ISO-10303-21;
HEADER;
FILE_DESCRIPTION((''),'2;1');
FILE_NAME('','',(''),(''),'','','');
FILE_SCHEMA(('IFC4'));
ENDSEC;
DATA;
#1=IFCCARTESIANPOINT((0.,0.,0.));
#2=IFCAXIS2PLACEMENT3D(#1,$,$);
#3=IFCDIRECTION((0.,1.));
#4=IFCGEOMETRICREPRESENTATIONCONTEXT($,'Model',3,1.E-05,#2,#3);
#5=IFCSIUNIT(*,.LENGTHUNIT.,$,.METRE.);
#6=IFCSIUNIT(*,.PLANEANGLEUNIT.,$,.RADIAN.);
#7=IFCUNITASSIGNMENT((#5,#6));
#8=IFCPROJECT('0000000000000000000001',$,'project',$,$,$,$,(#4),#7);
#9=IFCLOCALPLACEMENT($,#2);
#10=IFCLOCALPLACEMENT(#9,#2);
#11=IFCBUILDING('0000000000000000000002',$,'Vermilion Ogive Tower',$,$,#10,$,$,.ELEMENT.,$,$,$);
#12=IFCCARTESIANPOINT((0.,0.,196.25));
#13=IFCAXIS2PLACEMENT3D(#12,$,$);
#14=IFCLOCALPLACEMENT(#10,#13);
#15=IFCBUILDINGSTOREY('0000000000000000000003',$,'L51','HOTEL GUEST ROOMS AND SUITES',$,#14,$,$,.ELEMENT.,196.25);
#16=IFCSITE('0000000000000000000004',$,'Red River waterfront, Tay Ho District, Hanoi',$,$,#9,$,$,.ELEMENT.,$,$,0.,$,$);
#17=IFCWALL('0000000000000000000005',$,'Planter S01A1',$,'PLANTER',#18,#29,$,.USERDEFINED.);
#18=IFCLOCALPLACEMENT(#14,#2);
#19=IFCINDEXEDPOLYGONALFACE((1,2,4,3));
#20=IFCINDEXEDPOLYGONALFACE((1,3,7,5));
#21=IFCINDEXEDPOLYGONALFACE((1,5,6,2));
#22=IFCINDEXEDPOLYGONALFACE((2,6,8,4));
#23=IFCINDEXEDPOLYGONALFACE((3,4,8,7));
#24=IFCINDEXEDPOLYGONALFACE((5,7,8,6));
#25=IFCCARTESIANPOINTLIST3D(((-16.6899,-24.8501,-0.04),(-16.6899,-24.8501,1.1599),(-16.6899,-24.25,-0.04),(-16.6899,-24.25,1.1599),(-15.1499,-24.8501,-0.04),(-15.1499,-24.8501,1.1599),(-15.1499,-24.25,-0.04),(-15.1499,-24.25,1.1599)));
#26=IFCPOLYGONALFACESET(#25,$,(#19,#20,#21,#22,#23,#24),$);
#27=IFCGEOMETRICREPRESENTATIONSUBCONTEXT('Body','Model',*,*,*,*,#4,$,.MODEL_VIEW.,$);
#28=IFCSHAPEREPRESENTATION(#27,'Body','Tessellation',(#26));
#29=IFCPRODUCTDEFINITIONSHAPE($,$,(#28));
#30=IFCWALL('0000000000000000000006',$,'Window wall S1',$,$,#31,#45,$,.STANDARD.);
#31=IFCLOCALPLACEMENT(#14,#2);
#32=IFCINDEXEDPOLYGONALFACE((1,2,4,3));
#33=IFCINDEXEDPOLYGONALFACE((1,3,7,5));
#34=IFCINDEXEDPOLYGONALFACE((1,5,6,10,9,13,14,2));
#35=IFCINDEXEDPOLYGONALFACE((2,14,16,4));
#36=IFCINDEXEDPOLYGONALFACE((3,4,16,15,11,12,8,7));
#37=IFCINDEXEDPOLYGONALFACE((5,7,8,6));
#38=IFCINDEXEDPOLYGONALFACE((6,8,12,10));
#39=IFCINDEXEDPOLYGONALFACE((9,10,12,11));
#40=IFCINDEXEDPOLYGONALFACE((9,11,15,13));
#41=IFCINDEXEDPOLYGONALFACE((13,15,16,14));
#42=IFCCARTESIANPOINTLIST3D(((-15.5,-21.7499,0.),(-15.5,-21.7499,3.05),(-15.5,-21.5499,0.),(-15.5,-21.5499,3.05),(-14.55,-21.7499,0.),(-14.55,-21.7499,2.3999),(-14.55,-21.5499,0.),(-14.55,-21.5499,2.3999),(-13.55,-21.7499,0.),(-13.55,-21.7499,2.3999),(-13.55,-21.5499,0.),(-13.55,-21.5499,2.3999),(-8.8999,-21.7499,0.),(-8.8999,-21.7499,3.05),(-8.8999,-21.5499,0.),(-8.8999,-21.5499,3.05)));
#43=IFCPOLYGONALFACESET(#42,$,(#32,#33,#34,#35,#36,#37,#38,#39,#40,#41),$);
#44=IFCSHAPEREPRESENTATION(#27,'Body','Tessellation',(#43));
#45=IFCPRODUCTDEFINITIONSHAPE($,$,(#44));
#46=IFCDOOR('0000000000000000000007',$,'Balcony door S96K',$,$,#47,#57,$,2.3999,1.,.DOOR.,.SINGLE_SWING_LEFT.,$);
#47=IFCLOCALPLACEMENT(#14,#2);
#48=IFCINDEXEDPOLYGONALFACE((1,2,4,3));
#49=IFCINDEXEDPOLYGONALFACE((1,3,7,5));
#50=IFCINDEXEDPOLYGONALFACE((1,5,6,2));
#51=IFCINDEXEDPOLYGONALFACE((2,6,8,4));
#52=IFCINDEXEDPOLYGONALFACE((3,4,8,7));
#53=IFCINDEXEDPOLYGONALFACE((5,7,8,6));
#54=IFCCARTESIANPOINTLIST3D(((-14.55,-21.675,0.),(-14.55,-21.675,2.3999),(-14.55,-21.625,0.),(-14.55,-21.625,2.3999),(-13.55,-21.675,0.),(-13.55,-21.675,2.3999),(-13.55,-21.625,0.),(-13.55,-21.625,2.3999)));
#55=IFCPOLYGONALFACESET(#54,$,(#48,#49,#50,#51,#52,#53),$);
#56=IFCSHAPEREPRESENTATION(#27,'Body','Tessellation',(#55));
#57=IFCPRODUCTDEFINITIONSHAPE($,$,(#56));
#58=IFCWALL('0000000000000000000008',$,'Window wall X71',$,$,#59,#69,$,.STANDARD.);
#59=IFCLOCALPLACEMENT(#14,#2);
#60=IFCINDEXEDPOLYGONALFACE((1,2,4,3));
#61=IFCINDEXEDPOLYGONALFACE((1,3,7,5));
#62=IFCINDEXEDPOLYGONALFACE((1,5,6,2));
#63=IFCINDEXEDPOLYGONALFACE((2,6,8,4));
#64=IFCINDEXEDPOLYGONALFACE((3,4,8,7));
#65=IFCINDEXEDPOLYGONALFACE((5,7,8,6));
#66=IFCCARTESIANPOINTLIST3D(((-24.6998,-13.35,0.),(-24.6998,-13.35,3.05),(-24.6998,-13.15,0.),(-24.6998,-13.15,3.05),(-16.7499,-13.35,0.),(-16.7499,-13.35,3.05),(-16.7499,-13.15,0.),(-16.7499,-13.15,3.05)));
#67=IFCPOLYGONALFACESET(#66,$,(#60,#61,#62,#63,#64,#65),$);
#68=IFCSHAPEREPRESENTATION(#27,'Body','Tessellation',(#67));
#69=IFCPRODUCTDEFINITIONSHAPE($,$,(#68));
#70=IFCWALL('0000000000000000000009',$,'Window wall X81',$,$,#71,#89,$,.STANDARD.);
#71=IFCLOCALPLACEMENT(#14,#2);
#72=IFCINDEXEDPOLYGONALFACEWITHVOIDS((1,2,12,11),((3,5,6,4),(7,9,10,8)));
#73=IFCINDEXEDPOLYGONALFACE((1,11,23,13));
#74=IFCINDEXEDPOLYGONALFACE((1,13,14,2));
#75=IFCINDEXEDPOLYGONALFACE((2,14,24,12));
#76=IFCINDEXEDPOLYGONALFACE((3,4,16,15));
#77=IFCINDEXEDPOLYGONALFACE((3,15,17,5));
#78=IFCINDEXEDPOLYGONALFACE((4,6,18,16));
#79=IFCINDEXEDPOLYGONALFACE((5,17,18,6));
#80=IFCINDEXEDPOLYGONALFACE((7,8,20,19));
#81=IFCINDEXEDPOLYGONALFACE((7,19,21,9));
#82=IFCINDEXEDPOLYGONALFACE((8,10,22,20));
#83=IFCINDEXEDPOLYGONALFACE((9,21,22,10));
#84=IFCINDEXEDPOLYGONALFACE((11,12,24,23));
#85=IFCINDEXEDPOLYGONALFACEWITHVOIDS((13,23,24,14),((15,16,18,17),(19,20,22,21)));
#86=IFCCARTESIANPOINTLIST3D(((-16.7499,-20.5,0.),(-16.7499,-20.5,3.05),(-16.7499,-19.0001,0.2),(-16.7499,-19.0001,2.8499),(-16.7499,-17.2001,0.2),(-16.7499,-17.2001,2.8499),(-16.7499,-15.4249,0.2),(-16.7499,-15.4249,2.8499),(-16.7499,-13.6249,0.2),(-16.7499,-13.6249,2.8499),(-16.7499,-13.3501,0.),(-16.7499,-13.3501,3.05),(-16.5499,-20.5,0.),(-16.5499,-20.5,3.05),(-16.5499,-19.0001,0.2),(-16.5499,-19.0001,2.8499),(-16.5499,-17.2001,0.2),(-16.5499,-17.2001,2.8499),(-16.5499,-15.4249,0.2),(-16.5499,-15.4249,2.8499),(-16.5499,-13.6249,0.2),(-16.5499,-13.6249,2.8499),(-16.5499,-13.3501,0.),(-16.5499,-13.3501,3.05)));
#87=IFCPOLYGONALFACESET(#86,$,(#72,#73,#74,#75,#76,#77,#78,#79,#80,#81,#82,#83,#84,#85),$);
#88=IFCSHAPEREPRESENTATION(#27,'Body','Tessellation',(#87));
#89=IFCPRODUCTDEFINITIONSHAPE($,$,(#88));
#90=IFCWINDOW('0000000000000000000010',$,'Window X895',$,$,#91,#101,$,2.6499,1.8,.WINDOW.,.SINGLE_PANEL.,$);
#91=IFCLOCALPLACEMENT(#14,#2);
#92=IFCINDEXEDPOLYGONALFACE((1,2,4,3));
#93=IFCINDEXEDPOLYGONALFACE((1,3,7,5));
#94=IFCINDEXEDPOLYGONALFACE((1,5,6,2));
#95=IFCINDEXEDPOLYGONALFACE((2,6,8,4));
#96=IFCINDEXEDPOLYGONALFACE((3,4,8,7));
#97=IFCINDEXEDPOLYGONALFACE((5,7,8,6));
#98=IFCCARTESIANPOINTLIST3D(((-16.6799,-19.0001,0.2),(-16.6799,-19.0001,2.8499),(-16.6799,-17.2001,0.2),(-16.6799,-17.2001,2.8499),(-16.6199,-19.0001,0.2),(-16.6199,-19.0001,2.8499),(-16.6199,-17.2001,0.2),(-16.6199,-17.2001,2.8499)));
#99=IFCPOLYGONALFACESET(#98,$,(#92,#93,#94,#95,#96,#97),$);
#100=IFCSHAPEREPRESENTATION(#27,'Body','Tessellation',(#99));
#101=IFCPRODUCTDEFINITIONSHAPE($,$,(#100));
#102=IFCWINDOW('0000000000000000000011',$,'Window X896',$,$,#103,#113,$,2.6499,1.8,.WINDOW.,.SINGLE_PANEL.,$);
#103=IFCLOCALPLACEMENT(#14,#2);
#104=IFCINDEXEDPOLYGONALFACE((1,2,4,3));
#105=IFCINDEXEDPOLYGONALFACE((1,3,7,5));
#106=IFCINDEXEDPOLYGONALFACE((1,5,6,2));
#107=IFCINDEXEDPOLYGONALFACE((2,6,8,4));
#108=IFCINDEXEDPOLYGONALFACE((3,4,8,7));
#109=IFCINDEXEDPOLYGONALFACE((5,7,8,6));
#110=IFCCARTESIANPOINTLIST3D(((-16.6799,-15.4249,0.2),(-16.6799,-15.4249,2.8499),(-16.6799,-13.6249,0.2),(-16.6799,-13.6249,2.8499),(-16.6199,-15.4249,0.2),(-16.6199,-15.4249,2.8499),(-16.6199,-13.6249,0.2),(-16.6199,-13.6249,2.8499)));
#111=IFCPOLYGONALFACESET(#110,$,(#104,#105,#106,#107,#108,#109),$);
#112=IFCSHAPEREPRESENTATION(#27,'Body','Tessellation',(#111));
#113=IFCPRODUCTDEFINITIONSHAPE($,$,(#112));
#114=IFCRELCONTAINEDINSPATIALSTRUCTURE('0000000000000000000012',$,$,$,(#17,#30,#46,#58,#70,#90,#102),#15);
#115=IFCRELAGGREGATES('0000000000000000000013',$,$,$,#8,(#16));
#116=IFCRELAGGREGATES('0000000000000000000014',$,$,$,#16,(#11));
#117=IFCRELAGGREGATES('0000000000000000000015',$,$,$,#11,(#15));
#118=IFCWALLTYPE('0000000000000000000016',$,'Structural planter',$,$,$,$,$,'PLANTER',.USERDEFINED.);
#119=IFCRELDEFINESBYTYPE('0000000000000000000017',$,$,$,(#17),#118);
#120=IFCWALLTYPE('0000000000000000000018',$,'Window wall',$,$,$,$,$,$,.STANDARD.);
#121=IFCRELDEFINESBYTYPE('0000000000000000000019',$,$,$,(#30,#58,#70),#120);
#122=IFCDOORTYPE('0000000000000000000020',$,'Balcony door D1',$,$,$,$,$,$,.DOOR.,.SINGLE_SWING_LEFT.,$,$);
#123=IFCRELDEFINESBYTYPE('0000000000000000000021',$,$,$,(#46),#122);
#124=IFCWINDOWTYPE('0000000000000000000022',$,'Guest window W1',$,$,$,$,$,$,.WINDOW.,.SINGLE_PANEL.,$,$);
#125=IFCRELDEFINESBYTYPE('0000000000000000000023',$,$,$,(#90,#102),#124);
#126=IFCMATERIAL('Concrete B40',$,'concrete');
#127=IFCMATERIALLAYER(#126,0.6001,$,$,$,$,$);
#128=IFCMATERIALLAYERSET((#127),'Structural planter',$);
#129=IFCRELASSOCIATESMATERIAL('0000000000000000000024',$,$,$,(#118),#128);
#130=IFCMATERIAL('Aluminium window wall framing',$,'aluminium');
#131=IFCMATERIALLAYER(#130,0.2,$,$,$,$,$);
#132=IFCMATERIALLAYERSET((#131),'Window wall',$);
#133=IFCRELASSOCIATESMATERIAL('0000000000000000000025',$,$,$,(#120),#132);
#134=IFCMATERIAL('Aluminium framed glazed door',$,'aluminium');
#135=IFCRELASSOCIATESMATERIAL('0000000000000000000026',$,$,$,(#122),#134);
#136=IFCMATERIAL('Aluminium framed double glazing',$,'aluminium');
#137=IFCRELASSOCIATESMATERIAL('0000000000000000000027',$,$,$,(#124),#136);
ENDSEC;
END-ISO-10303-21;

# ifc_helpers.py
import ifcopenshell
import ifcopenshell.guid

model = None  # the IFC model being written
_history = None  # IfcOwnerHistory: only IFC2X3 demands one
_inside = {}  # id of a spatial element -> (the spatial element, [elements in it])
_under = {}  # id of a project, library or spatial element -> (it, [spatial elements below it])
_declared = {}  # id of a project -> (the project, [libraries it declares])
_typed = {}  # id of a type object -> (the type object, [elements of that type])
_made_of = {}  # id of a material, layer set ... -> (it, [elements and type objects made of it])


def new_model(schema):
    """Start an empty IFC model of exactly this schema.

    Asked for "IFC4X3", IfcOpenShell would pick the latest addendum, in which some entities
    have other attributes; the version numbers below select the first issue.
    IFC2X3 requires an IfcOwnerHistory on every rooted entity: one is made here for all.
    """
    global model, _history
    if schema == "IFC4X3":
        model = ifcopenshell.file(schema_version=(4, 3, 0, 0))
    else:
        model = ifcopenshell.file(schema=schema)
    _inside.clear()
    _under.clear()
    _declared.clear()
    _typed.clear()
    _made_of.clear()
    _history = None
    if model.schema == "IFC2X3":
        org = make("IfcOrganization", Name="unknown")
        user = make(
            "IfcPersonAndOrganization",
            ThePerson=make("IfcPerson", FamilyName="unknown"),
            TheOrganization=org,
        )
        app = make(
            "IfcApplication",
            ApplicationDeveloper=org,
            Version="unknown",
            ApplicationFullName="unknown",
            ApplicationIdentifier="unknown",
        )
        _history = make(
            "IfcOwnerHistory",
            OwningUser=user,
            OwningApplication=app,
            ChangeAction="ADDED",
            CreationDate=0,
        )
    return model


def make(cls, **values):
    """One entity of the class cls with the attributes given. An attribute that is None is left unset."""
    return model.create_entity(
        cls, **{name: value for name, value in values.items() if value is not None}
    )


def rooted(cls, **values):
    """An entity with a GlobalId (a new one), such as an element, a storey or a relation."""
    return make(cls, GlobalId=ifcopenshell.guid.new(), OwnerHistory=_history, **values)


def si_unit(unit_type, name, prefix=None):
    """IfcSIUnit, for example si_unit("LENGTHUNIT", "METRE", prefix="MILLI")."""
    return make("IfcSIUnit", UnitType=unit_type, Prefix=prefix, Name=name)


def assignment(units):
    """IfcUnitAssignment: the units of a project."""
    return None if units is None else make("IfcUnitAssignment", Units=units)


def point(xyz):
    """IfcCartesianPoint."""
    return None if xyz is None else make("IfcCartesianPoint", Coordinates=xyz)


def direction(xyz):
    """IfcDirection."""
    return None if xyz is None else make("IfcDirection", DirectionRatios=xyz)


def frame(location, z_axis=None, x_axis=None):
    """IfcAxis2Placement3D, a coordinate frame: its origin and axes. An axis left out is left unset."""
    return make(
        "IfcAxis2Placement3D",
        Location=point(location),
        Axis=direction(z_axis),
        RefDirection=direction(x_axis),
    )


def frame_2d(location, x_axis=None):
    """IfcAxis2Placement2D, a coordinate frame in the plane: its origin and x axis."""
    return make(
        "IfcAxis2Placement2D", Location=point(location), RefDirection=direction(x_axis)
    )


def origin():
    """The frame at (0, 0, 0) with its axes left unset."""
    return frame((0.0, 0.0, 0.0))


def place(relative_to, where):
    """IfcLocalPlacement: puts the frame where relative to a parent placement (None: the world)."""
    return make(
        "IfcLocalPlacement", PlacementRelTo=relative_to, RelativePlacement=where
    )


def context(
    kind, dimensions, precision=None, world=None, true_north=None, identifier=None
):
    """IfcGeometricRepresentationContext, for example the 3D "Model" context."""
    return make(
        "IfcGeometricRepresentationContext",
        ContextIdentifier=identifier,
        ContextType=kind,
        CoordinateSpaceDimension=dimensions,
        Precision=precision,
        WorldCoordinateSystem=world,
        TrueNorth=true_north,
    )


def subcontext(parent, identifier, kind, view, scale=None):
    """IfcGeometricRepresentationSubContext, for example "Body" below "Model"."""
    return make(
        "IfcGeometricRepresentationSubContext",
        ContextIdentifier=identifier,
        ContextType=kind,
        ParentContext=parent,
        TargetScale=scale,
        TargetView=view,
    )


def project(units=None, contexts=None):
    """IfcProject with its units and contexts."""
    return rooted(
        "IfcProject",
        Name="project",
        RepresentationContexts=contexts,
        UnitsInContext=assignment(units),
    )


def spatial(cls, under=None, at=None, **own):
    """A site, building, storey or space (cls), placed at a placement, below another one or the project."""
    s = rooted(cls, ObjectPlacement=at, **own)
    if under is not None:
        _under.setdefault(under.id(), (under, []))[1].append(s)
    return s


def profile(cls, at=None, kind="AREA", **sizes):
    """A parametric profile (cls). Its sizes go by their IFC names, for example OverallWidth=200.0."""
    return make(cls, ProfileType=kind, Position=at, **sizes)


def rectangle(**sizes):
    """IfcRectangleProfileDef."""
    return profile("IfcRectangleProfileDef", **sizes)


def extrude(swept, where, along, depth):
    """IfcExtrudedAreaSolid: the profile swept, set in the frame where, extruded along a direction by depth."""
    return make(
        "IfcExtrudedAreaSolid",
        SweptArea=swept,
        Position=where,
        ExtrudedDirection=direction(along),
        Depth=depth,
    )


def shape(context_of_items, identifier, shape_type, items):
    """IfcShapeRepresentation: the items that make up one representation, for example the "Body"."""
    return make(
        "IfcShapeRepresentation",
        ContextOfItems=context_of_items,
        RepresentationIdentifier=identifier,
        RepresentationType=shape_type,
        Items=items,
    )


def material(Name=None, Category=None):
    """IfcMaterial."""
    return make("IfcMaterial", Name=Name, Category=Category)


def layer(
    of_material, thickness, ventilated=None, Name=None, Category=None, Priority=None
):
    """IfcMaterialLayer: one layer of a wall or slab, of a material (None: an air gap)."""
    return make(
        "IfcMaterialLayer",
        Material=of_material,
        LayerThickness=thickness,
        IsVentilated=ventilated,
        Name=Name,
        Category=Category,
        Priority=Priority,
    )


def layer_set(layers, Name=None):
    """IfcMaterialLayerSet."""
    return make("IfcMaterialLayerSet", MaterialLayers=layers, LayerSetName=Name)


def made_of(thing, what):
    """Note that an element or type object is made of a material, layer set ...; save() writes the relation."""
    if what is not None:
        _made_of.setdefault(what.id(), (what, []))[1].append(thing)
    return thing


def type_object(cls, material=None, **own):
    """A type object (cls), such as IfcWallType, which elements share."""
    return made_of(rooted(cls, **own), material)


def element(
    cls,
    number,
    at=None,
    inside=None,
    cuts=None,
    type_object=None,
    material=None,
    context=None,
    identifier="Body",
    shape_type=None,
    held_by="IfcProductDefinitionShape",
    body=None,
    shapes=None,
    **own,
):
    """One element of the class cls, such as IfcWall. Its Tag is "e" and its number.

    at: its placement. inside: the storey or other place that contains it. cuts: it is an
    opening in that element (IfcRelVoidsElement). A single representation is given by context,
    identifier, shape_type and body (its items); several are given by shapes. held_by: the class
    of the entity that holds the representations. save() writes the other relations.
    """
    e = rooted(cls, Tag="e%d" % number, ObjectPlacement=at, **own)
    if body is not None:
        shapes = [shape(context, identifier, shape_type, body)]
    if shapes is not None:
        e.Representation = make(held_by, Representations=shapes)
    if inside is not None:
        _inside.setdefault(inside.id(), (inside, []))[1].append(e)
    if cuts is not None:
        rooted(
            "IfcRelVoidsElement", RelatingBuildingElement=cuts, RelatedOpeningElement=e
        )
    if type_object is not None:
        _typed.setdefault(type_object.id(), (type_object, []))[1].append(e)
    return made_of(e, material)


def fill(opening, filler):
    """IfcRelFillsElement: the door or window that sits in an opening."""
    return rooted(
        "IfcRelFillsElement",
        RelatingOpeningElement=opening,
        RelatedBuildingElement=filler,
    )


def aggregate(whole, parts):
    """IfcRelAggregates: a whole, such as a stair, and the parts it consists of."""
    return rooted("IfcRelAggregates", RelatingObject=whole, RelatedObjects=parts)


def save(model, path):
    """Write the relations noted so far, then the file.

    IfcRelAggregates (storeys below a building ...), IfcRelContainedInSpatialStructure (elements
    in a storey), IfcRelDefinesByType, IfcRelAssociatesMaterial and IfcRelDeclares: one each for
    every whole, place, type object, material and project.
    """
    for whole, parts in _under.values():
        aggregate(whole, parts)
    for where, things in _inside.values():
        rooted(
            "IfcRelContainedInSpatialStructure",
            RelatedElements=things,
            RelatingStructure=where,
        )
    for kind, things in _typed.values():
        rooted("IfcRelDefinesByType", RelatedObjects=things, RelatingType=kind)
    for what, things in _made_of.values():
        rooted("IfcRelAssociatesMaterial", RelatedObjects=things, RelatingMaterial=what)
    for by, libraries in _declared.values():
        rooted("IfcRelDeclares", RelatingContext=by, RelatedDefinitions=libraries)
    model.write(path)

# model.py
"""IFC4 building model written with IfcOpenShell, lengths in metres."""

from ifc_helpers import new_model, si_unit, direction, frame, frame_2d, origin, place, context, subcontext, project, spatial, rectangle, extrude, material, layer, layer_set, type_object, element, fill, save


model = new_model("IFC4")

# Units and contexts
model_context = context("Model", 3, precision=1e-05, world=origin(), true_north=direction((0.0, 1.0)))
body_context = subcontext(model_context, "Body", "Model", "MODEL_VIEW")
ifc_project = project(units=[si_unit("LENGTHUNIT", "METRE"), si_unit("PLANEANGLEUNIT", "RADIAN")], contexts=[model_context])

# Site, building, storey
site_placement = place(None, origin())
site = spatial("IfcSite", under=ifc_project, at=site_placement, Name="Red River waterfront, Tay Ho District, Hanoi", CompositionType="ELEMENT", RefElevation=0.0)
building_placement = place(site_placement, origin())
building = spatial("IfcBuilding", under=site, at=building_placement, Name="Vermilion Ogive Tower", CompositionType="ELEMENT")
storey_placement = place(building_placement, frame((0.0, 0.0, 196.25)))
storey = spatial("IfcBuildingStorey", under=building, at=storey_placement, Name="L51", Description="HOTEL GUEST ROOMS AND SUITES", CompositionType="ELEMENT", Elevation=196.25)

# Wall
ifc_material_1 = material(Name="Concrete B40", Category="concrete")
ifc_layer_1 = layer(ifc_material_1, 0.6001)
ifc_layer_set_1 = layer_set([ifc_layer_1], Name="Structural planter")
wall_type_1 = type_object("IfcWallType", Name="Structural planter", ElementType="PLANTER", PredefinedType="USERDEFINED", material=ifc_layer_set_1)
wall_1_placement = place(storey_placement, frame((-16.6899, -24.55, -0.04), z_axis=(0.0, 0.0, 1.0), x_axis=(1.0, 0.0, 0.0)))
element("IfcWall", 1, at=wall_1_placement, inside=storey, type_object=wall_type_1, Name="Planter S01A1", ObjectType="PLANTER", PredefinedType="USERDEFINED", context=body_context, shape_type="SweptSolid", body=[
    extrude(rectangle(XDim=1.54, YDim=0.6001, at=frame_2d((0.77, 0.0))), origin(), (0.0, 0.0, 1.0), 1.2),
])

# Wall, opening, door
ifc_material_2 = material(Name="Aluminium window wall framing", Category="aluminium")
ifc_layer_2 = layer(ifc_material_2, 0.2)
ifc_layer_set_2 = layer_set([ifc_layer_2], Name="Window wall")
wall_type_2 = type_object("IfcWallType", Name="Window wall", PredefinedType="STANDARD", material=ifc_layer_set_2)
wall_2_placement = place(storey_placement, frame((-15.5, -21.6499, 0.0), z_axis=(0.0, 0.0, 1.0), x_axis=(1.0, 0.0, 0.0)))
wall_2 = element("IfcWall", 2, at=wall_2_placement, inside=storey, type_object=wall_type_2, Name="Window wall S1", PredefinedType="STANDARD", context=body_context, shape_type="SweptSolid", body=[
    extrude(rectangle(XDim=6.6001, YDim=0.2, at=frame_2d((3.3, 0.0))), origin(), (0.0, 0.0, 1.0), 3.05),
])
opening_1_placement = place(wall_2_placement, frame((0.95, 0.0, 0.0)))
opening_1 = element("IfcOpeningElement", 3, at=opening_1_placement, cuts=wall_2, PredefinedType="OPENING", context=body_context, shape_type="SweptSolid", body=[
    extrude(rectangle(XDim=1.0, YDim=2.3999, at=frame_2d((0.5, 1.2))), frame((0.0, 0.1099, 0.0), z_axis=(0.0, -1.0, 0.0), x_axis=(1.0, 0.0, 0.0)), (0.0, 0.0, 1.0), 0.22),
])
ifc_material_3 = material(Name="Aluminium framed glazed door", Category="aluminium")
door_type_1 = type_object("IfcDoorType", Name="Balcony door D1", OperationType="SINGLE_SWING_LEFT", PredefinedType="DOOR", material=ifc_material_3)
door_1_placement = place(opening_1_placement, origin())
door_1 = element("IfcDoor", 4, at=door_1_placement, inside=storey, type_object=door_type_1, Name="Balcony door S96K", OperationType="SINGLE_SWING_LEFT", OverallHeight=2.3999, OverallWidth=1.0, PredefinedType="DOOR", context=body_context, shape_type="SweptSolid", body=[
    extrude(rectangle(XDim=1.0, YDim=2.3999, at=frame_2d((0.5, 1.2))), frame((0.0, 0.0249, 0.0), z_axis=(0.0, -1.0, 0.0), x_axis=(1.0, 0.0, 0.0)), (0.0, 0.0, 1.0), 0.05),
])
fill(opening_1, door_1)

# Wall
wall_3_placement = place(storey_placement, frame((-24.7, -13.25, 0.0), z_axis=(0.0, 0.0, 1.0), x_axis=(1.0, 0.0, 0.0)))
element("IfcWall", 5, at=wall_3_placement, inside=storey, type_object=wall_type_2, Name="Window wall X71", PredefinedType="STANDARD", context=body_context, shape_type="SweptSolid", body=[
    extrude(rectangle(XDim=7.95, YDim=0.2, at=frame_2d((3.9751, 0.0))), origin(), (0.0, 0.0, 1.0), 3.05),
])

# Wall, openings, windows
wall_4_placement = place(storey_placement, frame((-16.6499, -13.3501, 0.0), z_axis=(0.0, 0.0, 1.0), x_axis=(0.0, -1.0, 0.0)))
wall_4 = element("IfcWall", 6, at=wall_4_placement, inside=storey, type_object=wall_type_2, Name="Window wall X81", PredefinedType="STANDARD", context=body_context, shape_type="SweptSolid", body=[
    extrude(rectangle(XDim=7.1499, YDim=0.2, at=frame_2d((3.575, 0.0))), origin(), (0.0, 0.0, 1.0), 3.05),
])
opening_2_placement = place(wall_4_placement, frame((3.8501, 0.0, 0.2)))
opening_2 = element("IfcOpeningElement", 7, at=opening_2_placement, cuts=wall_4, PredefinedType="OPENING", context=body_context, shape_type="SweptSolid", body=[
    extrude(rectangle(XDim=1.8, YDim=2.6499, at=frame_2d((0.8999, 1.325))), frame((0.0, 0.1099, 0.0), z_axis=(0.0, -1.0, 0.0), x_axis=(1.0, 0.0, 0.0)), (0.0, 0.0, 1.0), 0.22),
])
opening_3_placement = place(wall_4_placement, frame((0.2749, 0.0, 0.2)))
opening_3 = element("IfcOpeningElement", 8, at=opening_3_placement, cuts=wall_4, PredefinedType="OPENING", context=body_context, shape_type="SweptSolid", body=[
    extrude(rectangle(XDim=1.8, YDim=2.6499, at=frame_2d((0.8999, 1.325))), frame((0.0, 0.1099, 0.0), z_axis=(0.0, -1.0, 0.0), x_axis=(1.0, 0.0, 0.0)), (0.0, 0.0, 1.0), 0.22),
])
ifc_material_4 = material(Name="Aluminium framed double glazing", Category="aluminium")
window_type = type_object("IfcWindowType", Name="Guest window W1", PartitioningType="SINGLE_PANEL", PredefinedType="WINDOW", material=ifc_material_4)
window_1_placement = place(opening_2_placement, origin())
window_1 = element("IfcWindow", 9, at=window_1_placement, inside=storey, type_object=window_type, Name="Window X895", OverallHeight=2.6499, OverallWidth=1.8, PartitioningType="SINGLE_PANEL", PredefinedType="WINDOW", context=body_context, shape_type="SweptSolid", body=[
    extrude(rectangle(XDim=1.8, YDim=2.6499, at=frame_2d((0.8999, 1.325))), frame((0.0, 0.03, 0.0), z_axis=(0.0, -1.0, 0.0), x_axis=(1.0, 0.0, 0.0)), (0.0, 0.0, 1.0), 0.0601),
])
fill(opening_2, window_1)
window_2_placement = place(opening_3_placement, origin())
window_2 = element("IfcWindow", 10, at=window_2_placement, inside=storey, type_object=window_type, Name="Window X896", OverallHeight=2.6499, OverallWidth=1.8, PartitioningType="SINGLE_PANEL", PredefinedType="WINDOW", context=body_context, shape_type="SweptSolid", body=[
    extrude(rectangle(XDim=1.8, YDim=2.6499, at=frame_2d((0.8999, 1.325))), frame((0.0, 0.03, 0.0), z_axis=(0.0, -1.0, 0.0), x_axis=(1.0, 0.0, 0.0)), (0.0, 0.0, 1.0), 0.0601),
])
fill(opening_3, window_2)

save(model, "model.ifc")
